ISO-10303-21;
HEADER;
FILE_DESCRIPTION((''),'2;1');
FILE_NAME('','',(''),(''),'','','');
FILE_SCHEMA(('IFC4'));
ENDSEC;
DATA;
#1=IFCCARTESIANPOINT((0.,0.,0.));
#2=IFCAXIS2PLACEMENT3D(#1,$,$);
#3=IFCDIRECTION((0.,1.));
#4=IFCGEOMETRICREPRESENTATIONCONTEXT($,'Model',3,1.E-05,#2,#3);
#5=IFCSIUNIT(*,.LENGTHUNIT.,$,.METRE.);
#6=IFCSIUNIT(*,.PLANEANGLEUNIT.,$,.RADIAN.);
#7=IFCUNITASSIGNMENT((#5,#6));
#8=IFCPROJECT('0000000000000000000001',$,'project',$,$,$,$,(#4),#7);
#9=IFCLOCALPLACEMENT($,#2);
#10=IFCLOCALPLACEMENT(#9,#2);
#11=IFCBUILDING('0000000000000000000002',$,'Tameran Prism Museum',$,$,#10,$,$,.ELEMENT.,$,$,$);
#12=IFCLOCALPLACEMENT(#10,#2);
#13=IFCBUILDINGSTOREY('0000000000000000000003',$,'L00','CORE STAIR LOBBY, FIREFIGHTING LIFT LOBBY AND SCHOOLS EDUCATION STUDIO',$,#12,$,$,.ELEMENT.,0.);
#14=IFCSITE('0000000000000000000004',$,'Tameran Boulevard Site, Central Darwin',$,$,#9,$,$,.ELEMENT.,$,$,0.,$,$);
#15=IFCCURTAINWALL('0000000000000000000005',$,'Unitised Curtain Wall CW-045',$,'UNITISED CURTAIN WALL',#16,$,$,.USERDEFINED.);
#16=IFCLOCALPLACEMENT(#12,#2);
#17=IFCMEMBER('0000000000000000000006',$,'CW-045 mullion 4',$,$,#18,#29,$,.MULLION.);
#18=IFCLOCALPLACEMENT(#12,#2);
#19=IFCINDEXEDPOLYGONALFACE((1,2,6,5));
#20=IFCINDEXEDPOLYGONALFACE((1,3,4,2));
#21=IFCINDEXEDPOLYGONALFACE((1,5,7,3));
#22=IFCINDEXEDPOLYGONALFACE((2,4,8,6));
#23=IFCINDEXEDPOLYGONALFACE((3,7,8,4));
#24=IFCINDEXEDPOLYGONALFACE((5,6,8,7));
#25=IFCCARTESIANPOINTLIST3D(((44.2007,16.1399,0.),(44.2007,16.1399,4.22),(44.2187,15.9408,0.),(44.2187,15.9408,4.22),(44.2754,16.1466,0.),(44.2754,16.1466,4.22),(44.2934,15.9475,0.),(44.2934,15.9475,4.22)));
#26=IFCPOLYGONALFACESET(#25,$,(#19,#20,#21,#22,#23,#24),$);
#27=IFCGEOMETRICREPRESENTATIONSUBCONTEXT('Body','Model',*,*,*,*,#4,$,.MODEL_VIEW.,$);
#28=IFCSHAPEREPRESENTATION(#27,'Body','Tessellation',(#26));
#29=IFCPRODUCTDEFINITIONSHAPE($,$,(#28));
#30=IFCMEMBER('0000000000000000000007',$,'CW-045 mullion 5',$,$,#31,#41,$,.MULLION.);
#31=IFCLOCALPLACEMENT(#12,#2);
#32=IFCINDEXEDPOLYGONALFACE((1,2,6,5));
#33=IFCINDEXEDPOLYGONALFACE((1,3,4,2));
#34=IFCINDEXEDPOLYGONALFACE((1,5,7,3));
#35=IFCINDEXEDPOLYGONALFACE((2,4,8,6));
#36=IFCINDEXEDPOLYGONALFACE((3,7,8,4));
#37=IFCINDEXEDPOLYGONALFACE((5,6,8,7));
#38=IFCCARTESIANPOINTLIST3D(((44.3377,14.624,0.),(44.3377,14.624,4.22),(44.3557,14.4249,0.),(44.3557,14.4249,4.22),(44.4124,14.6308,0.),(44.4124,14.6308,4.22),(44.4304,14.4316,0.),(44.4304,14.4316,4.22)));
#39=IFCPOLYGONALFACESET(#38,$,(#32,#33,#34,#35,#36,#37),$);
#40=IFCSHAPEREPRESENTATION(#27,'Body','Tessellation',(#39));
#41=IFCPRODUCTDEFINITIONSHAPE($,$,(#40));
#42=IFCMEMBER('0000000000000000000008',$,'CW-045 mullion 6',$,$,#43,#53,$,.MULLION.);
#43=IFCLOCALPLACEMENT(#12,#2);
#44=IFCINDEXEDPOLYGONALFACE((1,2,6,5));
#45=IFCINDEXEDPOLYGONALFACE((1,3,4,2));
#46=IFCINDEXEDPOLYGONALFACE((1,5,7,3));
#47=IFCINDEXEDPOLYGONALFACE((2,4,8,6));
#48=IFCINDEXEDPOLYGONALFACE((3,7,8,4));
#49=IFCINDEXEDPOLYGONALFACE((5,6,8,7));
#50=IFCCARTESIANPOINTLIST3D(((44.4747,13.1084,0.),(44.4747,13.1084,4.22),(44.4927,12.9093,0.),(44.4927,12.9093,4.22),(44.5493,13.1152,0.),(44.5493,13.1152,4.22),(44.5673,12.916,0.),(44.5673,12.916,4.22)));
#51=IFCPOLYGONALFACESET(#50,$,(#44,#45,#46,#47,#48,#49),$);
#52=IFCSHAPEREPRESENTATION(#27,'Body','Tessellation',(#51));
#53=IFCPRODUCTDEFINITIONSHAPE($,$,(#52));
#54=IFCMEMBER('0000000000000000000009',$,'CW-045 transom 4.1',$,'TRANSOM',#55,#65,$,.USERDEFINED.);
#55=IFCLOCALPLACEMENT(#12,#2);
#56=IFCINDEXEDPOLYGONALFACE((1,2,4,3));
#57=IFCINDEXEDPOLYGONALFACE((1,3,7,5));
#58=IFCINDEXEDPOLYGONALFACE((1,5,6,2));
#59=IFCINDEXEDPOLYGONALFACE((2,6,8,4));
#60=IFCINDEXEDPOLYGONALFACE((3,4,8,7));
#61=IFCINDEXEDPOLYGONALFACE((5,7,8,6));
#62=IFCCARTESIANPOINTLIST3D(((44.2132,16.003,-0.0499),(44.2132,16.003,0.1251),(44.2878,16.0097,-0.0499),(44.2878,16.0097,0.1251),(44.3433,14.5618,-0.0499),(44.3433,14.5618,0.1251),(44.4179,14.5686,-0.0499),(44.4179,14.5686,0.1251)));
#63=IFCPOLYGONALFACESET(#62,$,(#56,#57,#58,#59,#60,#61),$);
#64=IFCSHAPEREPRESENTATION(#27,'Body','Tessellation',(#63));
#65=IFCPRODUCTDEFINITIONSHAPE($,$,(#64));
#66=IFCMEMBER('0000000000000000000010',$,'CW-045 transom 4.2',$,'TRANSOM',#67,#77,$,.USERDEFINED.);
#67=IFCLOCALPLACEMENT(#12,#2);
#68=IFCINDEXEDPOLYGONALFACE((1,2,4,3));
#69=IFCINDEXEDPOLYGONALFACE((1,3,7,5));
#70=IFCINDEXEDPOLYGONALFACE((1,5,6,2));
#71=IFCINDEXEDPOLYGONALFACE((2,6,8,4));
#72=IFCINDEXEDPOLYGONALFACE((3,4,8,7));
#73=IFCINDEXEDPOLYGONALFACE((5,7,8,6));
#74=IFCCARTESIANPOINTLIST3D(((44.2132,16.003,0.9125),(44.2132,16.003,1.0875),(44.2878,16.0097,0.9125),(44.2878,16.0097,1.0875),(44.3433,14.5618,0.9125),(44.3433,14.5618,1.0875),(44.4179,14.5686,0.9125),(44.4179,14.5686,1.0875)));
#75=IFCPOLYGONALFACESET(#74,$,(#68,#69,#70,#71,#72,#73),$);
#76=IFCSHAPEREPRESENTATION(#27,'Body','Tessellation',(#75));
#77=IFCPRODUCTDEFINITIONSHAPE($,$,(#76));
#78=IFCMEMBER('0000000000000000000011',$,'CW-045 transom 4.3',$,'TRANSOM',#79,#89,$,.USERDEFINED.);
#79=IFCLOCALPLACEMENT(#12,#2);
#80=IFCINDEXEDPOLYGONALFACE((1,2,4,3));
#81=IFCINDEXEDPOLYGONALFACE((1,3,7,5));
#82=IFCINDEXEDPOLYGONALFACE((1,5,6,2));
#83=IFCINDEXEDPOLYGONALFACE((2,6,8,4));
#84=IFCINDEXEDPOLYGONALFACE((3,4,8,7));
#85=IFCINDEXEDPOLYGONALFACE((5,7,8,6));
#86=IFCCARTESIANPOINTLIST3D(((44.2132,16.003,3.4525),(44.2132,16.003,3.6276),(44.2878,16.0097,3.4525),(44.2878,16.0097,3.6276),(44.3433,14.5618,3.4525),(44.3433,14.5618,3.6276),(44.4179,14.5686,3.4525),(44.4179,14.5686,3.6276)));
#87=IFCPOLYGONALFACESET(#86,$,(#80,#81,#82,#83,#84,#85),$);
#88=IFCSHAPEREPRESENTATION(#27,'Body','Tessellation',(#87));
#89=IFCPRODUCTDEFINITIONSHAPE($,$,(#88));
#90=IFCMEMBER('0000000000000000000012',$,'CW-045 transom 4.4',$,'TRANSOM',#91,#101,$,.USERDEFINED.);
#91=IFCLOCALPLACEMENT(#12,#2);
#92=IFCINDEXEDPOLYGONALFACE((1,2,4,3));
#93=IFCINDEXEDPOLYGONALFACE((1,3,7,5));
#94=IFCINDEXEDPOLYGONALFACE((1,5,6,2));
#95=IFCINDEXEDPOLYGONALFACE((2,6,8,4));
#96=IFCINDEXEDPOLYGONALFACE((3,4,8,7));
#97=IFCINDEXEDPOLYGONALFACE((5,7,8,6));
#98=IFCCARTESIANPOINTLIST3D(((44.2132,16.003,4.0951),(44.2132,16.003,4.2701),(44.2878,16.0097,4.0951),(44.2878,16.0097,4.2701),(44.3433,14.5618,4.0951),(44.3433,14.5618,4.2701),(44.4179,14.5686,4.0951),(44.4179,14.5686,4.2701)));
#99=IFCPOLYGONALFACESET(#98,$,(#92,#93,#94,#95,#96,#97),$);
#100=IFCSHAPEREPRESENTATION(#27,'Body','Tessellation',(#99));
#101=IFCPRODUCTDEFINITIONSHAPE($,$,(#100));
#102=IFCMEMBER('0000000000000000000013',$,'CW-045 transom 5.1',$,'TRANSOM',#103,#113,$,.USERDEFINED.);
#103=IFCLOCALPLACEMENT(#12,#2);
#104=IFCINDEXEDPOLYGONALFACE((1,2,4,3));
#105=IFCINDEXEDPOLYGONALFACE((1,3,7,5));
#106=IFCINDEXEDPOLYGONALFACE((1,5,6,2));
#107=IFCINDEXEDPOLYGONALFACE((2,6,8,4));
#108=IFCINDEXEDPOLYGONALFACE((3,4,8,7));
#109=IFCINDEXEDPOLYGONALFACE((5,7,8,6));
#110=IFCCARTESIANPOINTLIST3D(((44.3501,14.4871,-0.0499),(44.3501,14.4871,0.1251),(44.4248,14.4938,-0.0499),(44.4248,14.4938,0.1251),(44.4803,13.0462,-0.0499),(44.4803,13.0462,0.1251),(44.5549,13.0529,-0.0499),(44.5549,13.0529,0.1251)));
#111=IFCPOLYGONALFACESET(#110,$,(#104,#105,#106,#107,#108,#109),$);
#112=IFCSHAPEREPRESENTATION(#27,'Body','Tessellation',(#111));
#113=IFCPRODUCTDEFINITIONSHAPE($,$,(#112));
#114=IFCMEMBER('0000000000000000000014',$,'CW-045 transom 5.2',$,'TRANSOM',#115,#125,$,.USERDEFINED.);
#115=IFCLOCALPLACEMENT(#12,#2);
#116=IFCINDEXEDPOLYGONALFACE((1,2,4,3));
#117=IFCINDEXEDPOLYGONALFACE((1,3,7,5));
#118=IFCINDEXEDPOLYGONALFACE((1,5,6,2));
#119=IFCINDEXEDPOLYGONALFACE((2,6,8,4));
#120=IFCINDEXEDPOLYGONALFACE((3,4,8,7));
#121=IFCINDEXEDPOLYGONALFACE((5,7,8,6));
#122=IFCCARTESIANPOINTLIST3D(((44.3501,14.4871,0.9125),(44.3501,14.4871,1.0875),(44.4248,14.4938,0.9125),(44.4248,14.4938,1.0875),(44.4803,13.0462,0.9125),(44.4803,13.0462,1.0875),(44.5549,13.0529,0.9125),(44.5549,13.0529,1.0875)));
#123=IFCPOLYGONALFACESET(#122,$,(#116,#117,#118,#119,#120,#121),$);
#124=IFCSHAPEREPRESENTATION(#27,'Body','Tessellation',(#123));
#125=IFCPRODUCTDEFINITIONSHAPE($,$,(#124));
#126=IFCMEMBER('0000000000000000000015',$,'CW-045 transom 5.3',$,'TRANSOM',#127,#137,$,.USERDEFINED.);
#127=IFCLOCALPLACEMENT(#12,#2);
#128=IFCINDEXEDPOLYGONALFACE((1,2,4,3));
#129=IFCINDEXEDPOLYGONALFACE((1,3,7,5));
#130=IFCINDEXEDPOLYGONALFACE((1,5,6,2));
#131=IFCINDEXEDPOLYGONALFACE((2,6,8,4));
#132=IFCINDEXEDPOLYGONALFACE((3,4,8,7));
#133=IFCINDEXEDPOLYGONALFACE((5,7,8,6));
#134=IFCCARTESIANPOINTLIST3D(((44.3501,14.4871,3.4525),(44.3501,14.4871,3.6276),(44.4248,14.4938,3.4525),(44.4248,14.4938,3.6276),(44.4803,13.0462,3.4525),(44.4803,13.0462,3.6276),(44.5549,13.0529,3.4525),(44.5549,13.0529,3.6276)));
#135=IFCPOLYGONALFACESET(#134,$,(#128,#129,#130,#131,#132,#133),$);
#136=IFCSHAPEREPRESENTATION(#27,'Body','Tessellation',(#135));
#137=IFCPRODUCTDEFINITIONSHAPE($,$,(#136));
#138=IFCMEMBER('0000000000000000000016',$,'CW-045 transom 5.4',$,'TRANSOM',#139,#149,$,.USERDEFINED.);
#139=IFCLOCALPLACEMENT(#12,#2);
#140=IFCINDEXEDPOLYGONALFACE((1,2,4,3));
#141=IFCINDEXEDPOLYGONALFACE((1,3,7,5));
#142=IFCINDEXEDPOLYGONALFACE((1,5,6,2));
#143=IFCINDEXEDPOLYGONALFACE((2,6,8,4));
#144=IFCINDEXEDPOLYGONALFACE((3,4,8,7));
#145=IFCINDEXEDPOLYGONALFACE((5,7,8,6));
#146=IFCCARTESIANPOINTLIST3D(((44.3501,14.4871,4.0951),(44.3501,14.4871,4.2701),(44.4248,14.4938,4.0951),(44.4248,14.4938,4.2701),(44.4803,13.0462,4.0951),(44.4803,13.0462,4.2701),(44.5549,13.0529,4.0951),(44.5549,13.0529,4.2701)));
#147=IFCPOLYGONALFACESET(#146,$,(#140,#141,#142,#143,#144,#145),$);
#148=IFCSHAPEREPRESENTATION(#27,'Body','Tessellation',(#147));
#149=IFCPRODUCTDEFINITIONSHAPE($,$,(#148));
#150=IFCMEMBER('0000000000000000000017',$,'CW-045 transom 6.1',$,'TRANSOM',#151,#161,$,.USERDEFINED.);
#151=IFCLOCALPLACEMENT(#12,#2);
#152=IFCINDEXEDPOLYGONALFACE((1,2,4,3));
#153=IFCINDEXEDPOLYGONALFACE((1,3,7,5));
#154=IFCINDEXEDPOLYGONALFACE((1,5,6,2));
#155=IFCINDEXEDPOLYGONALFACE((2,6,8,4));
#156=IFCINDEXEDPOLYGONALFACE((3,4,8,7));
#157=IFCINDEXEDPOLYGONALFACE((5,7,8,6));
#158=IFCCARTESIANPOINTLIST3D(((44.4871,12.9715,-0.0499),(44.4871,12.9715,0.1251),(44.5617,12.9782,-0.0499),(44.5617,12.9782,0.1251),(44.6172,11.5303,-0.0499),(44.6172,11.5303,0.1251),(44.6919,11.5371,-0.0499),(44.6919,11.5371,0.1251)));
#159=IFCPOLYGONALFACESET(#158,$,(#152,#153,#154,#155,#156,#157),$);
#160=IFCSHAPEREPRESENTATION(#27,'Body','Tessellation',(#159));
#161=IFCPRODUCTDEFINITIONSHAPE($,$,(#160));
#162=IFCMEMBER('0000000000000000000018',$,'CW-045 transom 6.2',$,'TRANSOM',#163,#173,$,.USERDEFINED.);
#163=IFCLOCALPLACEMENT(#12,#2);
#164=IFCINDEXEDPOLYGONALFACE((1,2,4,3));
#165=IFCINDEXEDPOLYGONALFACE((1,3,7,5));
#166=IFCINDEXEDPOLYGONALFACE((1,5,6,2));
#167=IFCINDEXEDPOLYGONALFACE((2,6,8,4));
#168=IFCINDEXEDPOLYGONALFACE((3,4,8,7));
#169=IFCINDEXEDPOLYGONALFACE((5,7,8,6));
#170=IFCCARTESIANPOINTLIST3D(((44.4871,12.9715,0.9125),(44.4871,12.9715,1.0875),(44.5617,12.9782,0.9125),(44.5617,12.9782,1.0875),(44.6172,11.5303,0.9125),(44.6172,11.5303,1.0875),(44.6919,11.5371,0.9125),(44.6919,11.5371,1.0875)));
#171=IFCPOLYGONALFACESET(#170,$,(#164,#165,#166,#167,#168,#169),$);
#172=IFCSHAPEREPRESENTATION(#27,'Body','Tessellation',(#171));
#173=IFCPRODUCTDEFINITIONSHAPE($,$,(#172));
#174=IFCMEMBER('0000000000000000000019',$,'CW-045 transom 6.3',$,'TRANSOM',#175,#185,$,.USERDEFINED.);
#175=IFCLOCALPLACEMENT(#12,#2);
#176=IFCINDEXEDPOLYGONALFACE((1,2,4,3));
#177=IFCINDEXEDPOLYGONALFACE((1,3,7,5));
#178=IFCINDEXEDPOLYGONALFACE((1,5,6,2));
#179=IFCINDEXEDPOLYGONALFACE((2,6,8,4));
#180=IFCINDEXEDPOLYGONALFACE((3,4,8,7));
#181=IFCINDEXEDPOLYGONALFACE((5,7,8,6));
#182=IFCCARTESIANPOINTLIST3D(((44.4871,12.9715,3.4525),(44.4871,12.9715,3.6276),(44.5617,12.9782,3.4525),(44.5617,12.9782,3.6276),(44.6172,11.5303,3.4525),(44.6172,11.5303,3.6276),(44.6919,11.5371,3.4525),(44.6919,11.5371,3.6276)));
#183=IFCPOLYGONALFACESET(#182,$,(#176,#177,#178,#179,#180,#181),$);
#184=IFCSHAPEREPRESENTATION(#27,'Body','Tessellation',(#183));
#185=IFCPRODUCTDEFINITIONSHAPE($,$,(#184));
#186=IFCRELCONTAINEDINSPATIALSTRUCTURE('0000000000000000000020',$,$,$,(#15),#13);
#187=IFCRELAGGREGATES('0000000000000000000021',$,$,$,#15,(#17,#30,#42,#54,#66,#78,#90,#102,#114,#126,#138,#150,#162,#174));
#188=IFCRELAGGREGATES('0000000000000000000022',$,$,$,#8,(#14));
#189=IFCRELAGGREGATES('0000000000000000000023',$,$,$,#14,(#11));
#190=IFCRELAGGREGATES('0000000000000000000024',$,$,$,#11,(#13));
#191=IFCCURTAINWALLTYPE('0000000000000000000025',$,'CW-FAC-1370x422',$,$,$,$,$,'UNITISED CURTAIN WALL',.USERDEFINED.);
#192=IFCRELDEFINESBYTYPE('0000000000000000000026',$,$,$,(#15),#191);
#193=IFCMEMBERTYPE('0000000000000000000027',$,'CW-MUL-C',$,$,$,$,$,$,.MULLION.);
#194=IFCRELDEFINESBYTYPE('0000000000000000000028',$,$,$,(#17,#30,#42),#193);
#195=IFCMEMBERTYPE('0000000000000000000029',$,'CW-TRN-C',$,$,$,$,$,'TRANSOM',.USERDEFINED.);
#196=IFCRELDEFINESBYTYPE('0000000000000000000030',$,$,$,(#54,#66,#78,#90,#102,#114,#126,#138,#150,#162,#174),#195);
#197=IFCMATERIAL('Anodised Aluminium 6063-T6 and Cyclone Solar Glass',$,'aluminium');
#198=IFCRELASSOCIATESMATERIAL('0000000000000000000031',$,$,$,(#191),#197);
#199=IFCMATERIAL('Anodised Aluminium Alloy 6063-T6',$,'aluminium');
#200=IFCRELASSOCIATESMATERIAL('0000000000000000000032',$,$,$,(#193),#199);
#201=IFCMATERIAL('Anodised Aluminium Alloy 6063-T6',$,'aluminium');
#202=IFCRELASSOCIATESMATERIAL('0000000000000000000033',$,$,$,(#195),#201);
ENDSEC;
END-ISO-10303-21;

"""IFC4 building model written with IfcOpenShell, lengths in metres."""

from ifc_helpers import new_model, si_unit, direction, frame, origin, origin_2d, place, context, subcontext, project, spatial, rectangle, extrude, material, material_profile, profile_set, type_object, element, aggregate, save


model = new_model("IFC4")

# Units and contexts
model_context = context("Model", 3, precision=1e-05, world=origin(), true_north=direction((0.0, 1.0)))
body_context = subcontext(model_context, "Body", "Model", "MODEL_VIEW")
ifc_project = project(units=[si_unit("LENGTHUNIT", "METRE"), si_unit("PLANEANGLEUNIT", "RADIAN")], contexts=[model_context])

# Site, building, storey
site_placement = place(None, origin())
site = spatial("IfcSite", under=ifc_project, at=site_placement, Name="Tameran Boulevard Site, Central Darwin", CompositionType="ELEMENT", RefElevation=0.0)
building_placement = place(site_placement, origin())
building = spatial("IfcBuilding", under=site, at=building_placement, Name="Tameran Prism Museum", CompositionType="ELEMENT")
storey_placement = place(building_placement, origin())
storey = spatial("IfcBuildingStorey", under=building, at=storey_placement, Name="L00", Description="CORE STAIR LOBBY, FIREFIGHTING LIFT LOBBY AND SCHOOLS EDUCATION STUDIO", CompositionType="ELEMENT", Elevation=0.0)

# Curtain wall, members
ifc_material_1 = material(Name="Anodised Aluminium 6063-T6 and Cyclone Solar Glass", Category="aluminium")
curtain_wall_type = type_object("IfcCurtainWallType", Name="CW-FAC-1370x422", ElementType="UNITISED CURTAIN WALL", PredefinedType="USERDEFINED", material=ifc_material_1)
curtain_wall_placement = place(storey_placement, origin())
curtain_wall = element("IfcCurtainWall", 1, at=curtain_wall_placement, inside=storey, type_object=curtain_wall_type, Name="Unitised Curtain Wall CW-045", ObjectType="UNITISED CURTAIN WALL", PredefinedType="USERDEFINED")
ifc_material_2 = material(Name="Anodised Aluminium Alloy 6063-T6", Category="aluminium")
ifc_material_profile_1 = material_profile(ifc_material_2, rectangle(XDim=0.075, YDim=0.2, at=origin_2d()))
ifc_profile_set_1 = profile_set([ifc_material_profile_1])
member_type_1 = type_object("IfcMemberType", Name="CW-MUL-C", PredefinedType="MULLION", material=ifc_profile_set_1)
member_1_placement = place(storey_placement, frame((44.2471, 16.0437, 0.0), z_axis=(0.0, 0.0, 1.0), x_axis=(0.99594, 0.090016, 0.0)))
member_1 = element("IfcMember", 2, at=member_1_placement, type_object=member_type_1, Name="CW-045 mullion 4", PredefinedType="MULLION", context=body_context, shape_type="SweptSolid", body=[
    extrude(rectangle(XDim=0.075, YDim=0.2, at=origin_2d()), origin(), (0.0, 0.0, 1.0), 4.22),
])
member_2_placement = place(storey_placement, frame((44.384, 14.5278, 0.0), z_axis=(0.0, 0.0, 1.0), x_axis=(0.99594, 0.090016, 0.0)))
member_2 = element("IfcMember", 3, at=member_2_placement, type_object=member_type_1, Name="CW-045 mullion 5", PredefinedType="MULLION", context=body_context, shape_type="SweptSolid", body=[
    extrude(rectangle(XDim=0.075, YDim=0.2, at=origin_2d()), origin(), (0.0, 0.0, 1.0), 4.22),
])
member_3_placement = place(storey_placement, frame((44.521, 13.0122, 0.0), z_axis=(0.0, 0.0, 1.0), x_axis=(0.99594, 0.090016, 0.0)))
member_3 = element("IfcMember", 4, at=member_3_placement, type_object=member_type_1, Name="CW-045 mullion 6", PredefinedType="MULLION", context=body_context, shape_type="SweptSolid", body=[
    extrude(rectangle(XDim=0.075, YDim=0.2, at=origin_2d()), origin(), (0.0, 0.0, 1.0), 4.22),
])
ifc_material_3 = material(Name="Anodised Aluminium Alloy 6063-T6", Category="aluminium")
ifc_material_profile_2 = material_profile(ifc_material_3, rectangle(XDim=0.075, YDim=0.175, at=origin_2d()))
ifc_profile_set_2 = profile_set([ifc_material_profile_2])
member_type_2 = type_object("IfcMemberType", Name="CW-TRN-C", ElementType="TRANSOM", PredefinedType="USERDEFINED", material=ifc_profile_set_2)
member_4_placement = place(storey_placement, frame((44.2505, 16.0063, 0.0376), z_axis=(0.089927, -0.995948, 0.0), x_axis=(0.995948, 0.089927, 0.0)))
member_4 = element("IfcMember", 5, at=member_4_placement, type_object=member_type_2, Name="CW-045 transom 4.1", ObjectType="TRANSOM", PredefinedType="USERDEFINED", context=body_context, shape_type="SweptSolid", body=[
    extrude(rectangle(XDim=0.075, YDim=0.175, at=origin_2d()), origin(), (0.0, 0.0, 1.0), 1.447),
])
member_5_placement = place(storey_placement, frame((44.2505, 16.0063, 1.0), z_axis=(0.089927, -0.995948, 0.0), x_axis=(0.995948, 0.089927, 0.0)))
member_5 = element("IfcMember", 6, at=member_5_placement, type_object=member_type_2, Name="CW-045 transom 4.2", ObjectType="TRANSOM", PredefinedType="USERDEFINED", context=body_context, shape_type="SweptSolid", body=[
    extrude(rectangle(XDim=0.075, YDim=0.175, at=origin_2d()), origin(), (0.0, 0.0, 1.0), 1.447),
])
member_6_placement = place(storey_placement, frame((44.2505, 16.0063, 3.54), z_axis=(0.089927, -0.995948, 0.0), x_axis=(0.995948, 0.089927, 0.0)))
member_6 = element("IfcMember", 7, at=member_6_placement, type_object=member_type_2, Name="CW-045 transom 4.3", ObjectType="TRANSOM", PredefinedType="USERDEFINED", context=body_context, shape_type="SweptSolid", body=[
    extrude(rectangle(XDim=0.075, YDim=0.175, at=origin_2d()), origin(), (0.0, 0.0, 1.0), 1.447),
])
member_7_placement = place(storey_placement, frame((44.2505, 16.0063, 4.1826), z_axis=(0.089927, -0.995948, 0.0), x_axis=(0.995948, 0.089927, 0.0)))
member_7 = element("IfcMember", 8, at=member_7_placement, type_object=member_type_2, Name="CW-045 transom 4.4", ObjectType="TRANSOM", PredefinedType="USERDEFINED", context=body_context, shape_type="SweptSolid", body=[
    extrude(rectangle(XDim=0.075, YDim=0.175, at=origin_2d()), origin(), (0.0, 0.0, 1.0), 1.447),
])
member_8_placement = place(storey_placement, frame((44.3875, 14.4905, 0.0376), z_axis=(0.089942, -0.995947, 0.0), x_axis=(0.995947, 0.089942, 0.0)))
member_8 = element("IfcMember", 9, at=member_8_placement, type_object=member_type_2, Name="CW-045 transom 5.1", ObjectType="TRANSOM", PredefinedType="USERDEFINED", context=body_context, shape_type="SweptSolid", body=[
    extrude(rectangle(XDim=0.075, YDim=0.175, at=origin_2d()), origin(), (0.0, 0.0, 1.0), 1.4468),
])
member_9_placement = place(storey_placement, frame((44.3875, 14.4905, 1.0), z_axis=(0.089942, -0.995947, 0.0), x_axis=(0.995947, 0.089942, 0.0)))
member_9 = element("IfcMember", 10, at=member_9_placement, type_object=member_type_2, Name="CW-045 transom 5.2", ObjectType="TRANSOM", PredefinedType="USERDEFINED", context=body_context, shape_type="SweptSolid", body=[
    extrude(rectangle(XDim=0.075, YDim=0.175, at=origin_2d()), origin(), (0.0, 0.0, 1.0), 1.4468),
])
member_10_placement = place(storey_placement, frame((44.3875, 14.4905, 3.54), z_axis=(0.089942, -0.995947, 0.0), x_axis=(0.995947, 0.089942, 0.0)))
member_10 = element("IfcMember", 11, at=member_10_placement, type_object=member_type_2, Name="CW-045 transom 5.3", ObjectType="TRANSOM", PredefinedType="USERDEFINED", context=body_context, shape_type="SweptSolid", body=[
    extrude(rectangle(XDim=0.075, YDim=0.175, at=origin_2d()), origin(), (0.0, 0.0, 1.0), 1.4468),
])
member_11_placement = place(storey_placement, frame((44.3875, 14.4905, 4.1826), z_axis=(0.089942, -0.995947, 0.0), x_axis=(0.995947, 0.089942, 0.0)))
member_11 = element("IfcMember", 12, at=member_11_placement, type_object=member_type_2, Name="CW-045 transom 5.4", ObjectType="TRANSOM", PredefinedType="USERDEFINED", context=body_context, shape_type="SweptSolid", body=[
    extrude(rectangle(XDim=0.075, YDim=0.175, at=origin_2d()), origin(), (0.0, 0.0, 1.0), 1.4468),
])
member_12_placement = place(storey_placement, frame((44.5244, 12.9749, 0.0376), z_axis=(0.089927, -0.995948, 0.0), x_axis=(0.995948, 0.089927, 0.0)))
member_12 = element("IfcMember", 13, at=member_12_placement, type_object=member_type_2, Name="CW-045 transom 6.1", ObjectType="TRANSOM", PredefinedType="USERDEFINED", context=body_context, shape_type="SweptSolid", body=[
    extrude(rectangle(XDim=0.075, YDim=0.175, at=origin_2d()), origin(), (0.0, 0.0, 1.0), 1.447),
])
member_13_placement = place(storey_placement, frame((44.5244, 12.9749, 1.0), z_axis=(0.089927, -0.995948, 0.0), x_axis=(0.995948, 0.089927, 0.0)))
member_13 = element("IfcMember", 14, at=member_13_placement, type_object=member_type_2, Name="CW-045 transom 6.2", ObjectType="TRANSOM", PredefinedType="USERDEFINED", context=body_context, shape_type="SweptSolid", body=[
    extrude(rectangle(XDim=0.075, YDim=0.175, at=origin_2d()), origin(), (0.0, 0.0, 1.0), 1.447),
])
member_14_placement = place(storey_placement, frame((44.5244, 12.9749, 3.54), z_axis=(0.089927, -0.995948, 0.0), x_axis=(0.995948, 0.089927, 0.0)))
member_14 = element("IfcMember", 15, at=member_14_placement, type_object=member_type_2, Name="CW-045 transom 6.3", ObjectType="TRANSOM", PredefinedType="USERDEFINED", context=body_context, shape_type="SweptSolid", body=[
    extrude(rectangle(XDim=0.075, YDim=0.175, at=origin_2d()), origin(), (0.0, 0.0, 1.0), 1.447),
])
aggregate(curtain_wall, [member_1, member_2, member_3, member_4, member_5, member_6, member_7, member_8, member_9, member_10, member_11, member_12, member_13, member_14])

save(model, "model.ifc")
